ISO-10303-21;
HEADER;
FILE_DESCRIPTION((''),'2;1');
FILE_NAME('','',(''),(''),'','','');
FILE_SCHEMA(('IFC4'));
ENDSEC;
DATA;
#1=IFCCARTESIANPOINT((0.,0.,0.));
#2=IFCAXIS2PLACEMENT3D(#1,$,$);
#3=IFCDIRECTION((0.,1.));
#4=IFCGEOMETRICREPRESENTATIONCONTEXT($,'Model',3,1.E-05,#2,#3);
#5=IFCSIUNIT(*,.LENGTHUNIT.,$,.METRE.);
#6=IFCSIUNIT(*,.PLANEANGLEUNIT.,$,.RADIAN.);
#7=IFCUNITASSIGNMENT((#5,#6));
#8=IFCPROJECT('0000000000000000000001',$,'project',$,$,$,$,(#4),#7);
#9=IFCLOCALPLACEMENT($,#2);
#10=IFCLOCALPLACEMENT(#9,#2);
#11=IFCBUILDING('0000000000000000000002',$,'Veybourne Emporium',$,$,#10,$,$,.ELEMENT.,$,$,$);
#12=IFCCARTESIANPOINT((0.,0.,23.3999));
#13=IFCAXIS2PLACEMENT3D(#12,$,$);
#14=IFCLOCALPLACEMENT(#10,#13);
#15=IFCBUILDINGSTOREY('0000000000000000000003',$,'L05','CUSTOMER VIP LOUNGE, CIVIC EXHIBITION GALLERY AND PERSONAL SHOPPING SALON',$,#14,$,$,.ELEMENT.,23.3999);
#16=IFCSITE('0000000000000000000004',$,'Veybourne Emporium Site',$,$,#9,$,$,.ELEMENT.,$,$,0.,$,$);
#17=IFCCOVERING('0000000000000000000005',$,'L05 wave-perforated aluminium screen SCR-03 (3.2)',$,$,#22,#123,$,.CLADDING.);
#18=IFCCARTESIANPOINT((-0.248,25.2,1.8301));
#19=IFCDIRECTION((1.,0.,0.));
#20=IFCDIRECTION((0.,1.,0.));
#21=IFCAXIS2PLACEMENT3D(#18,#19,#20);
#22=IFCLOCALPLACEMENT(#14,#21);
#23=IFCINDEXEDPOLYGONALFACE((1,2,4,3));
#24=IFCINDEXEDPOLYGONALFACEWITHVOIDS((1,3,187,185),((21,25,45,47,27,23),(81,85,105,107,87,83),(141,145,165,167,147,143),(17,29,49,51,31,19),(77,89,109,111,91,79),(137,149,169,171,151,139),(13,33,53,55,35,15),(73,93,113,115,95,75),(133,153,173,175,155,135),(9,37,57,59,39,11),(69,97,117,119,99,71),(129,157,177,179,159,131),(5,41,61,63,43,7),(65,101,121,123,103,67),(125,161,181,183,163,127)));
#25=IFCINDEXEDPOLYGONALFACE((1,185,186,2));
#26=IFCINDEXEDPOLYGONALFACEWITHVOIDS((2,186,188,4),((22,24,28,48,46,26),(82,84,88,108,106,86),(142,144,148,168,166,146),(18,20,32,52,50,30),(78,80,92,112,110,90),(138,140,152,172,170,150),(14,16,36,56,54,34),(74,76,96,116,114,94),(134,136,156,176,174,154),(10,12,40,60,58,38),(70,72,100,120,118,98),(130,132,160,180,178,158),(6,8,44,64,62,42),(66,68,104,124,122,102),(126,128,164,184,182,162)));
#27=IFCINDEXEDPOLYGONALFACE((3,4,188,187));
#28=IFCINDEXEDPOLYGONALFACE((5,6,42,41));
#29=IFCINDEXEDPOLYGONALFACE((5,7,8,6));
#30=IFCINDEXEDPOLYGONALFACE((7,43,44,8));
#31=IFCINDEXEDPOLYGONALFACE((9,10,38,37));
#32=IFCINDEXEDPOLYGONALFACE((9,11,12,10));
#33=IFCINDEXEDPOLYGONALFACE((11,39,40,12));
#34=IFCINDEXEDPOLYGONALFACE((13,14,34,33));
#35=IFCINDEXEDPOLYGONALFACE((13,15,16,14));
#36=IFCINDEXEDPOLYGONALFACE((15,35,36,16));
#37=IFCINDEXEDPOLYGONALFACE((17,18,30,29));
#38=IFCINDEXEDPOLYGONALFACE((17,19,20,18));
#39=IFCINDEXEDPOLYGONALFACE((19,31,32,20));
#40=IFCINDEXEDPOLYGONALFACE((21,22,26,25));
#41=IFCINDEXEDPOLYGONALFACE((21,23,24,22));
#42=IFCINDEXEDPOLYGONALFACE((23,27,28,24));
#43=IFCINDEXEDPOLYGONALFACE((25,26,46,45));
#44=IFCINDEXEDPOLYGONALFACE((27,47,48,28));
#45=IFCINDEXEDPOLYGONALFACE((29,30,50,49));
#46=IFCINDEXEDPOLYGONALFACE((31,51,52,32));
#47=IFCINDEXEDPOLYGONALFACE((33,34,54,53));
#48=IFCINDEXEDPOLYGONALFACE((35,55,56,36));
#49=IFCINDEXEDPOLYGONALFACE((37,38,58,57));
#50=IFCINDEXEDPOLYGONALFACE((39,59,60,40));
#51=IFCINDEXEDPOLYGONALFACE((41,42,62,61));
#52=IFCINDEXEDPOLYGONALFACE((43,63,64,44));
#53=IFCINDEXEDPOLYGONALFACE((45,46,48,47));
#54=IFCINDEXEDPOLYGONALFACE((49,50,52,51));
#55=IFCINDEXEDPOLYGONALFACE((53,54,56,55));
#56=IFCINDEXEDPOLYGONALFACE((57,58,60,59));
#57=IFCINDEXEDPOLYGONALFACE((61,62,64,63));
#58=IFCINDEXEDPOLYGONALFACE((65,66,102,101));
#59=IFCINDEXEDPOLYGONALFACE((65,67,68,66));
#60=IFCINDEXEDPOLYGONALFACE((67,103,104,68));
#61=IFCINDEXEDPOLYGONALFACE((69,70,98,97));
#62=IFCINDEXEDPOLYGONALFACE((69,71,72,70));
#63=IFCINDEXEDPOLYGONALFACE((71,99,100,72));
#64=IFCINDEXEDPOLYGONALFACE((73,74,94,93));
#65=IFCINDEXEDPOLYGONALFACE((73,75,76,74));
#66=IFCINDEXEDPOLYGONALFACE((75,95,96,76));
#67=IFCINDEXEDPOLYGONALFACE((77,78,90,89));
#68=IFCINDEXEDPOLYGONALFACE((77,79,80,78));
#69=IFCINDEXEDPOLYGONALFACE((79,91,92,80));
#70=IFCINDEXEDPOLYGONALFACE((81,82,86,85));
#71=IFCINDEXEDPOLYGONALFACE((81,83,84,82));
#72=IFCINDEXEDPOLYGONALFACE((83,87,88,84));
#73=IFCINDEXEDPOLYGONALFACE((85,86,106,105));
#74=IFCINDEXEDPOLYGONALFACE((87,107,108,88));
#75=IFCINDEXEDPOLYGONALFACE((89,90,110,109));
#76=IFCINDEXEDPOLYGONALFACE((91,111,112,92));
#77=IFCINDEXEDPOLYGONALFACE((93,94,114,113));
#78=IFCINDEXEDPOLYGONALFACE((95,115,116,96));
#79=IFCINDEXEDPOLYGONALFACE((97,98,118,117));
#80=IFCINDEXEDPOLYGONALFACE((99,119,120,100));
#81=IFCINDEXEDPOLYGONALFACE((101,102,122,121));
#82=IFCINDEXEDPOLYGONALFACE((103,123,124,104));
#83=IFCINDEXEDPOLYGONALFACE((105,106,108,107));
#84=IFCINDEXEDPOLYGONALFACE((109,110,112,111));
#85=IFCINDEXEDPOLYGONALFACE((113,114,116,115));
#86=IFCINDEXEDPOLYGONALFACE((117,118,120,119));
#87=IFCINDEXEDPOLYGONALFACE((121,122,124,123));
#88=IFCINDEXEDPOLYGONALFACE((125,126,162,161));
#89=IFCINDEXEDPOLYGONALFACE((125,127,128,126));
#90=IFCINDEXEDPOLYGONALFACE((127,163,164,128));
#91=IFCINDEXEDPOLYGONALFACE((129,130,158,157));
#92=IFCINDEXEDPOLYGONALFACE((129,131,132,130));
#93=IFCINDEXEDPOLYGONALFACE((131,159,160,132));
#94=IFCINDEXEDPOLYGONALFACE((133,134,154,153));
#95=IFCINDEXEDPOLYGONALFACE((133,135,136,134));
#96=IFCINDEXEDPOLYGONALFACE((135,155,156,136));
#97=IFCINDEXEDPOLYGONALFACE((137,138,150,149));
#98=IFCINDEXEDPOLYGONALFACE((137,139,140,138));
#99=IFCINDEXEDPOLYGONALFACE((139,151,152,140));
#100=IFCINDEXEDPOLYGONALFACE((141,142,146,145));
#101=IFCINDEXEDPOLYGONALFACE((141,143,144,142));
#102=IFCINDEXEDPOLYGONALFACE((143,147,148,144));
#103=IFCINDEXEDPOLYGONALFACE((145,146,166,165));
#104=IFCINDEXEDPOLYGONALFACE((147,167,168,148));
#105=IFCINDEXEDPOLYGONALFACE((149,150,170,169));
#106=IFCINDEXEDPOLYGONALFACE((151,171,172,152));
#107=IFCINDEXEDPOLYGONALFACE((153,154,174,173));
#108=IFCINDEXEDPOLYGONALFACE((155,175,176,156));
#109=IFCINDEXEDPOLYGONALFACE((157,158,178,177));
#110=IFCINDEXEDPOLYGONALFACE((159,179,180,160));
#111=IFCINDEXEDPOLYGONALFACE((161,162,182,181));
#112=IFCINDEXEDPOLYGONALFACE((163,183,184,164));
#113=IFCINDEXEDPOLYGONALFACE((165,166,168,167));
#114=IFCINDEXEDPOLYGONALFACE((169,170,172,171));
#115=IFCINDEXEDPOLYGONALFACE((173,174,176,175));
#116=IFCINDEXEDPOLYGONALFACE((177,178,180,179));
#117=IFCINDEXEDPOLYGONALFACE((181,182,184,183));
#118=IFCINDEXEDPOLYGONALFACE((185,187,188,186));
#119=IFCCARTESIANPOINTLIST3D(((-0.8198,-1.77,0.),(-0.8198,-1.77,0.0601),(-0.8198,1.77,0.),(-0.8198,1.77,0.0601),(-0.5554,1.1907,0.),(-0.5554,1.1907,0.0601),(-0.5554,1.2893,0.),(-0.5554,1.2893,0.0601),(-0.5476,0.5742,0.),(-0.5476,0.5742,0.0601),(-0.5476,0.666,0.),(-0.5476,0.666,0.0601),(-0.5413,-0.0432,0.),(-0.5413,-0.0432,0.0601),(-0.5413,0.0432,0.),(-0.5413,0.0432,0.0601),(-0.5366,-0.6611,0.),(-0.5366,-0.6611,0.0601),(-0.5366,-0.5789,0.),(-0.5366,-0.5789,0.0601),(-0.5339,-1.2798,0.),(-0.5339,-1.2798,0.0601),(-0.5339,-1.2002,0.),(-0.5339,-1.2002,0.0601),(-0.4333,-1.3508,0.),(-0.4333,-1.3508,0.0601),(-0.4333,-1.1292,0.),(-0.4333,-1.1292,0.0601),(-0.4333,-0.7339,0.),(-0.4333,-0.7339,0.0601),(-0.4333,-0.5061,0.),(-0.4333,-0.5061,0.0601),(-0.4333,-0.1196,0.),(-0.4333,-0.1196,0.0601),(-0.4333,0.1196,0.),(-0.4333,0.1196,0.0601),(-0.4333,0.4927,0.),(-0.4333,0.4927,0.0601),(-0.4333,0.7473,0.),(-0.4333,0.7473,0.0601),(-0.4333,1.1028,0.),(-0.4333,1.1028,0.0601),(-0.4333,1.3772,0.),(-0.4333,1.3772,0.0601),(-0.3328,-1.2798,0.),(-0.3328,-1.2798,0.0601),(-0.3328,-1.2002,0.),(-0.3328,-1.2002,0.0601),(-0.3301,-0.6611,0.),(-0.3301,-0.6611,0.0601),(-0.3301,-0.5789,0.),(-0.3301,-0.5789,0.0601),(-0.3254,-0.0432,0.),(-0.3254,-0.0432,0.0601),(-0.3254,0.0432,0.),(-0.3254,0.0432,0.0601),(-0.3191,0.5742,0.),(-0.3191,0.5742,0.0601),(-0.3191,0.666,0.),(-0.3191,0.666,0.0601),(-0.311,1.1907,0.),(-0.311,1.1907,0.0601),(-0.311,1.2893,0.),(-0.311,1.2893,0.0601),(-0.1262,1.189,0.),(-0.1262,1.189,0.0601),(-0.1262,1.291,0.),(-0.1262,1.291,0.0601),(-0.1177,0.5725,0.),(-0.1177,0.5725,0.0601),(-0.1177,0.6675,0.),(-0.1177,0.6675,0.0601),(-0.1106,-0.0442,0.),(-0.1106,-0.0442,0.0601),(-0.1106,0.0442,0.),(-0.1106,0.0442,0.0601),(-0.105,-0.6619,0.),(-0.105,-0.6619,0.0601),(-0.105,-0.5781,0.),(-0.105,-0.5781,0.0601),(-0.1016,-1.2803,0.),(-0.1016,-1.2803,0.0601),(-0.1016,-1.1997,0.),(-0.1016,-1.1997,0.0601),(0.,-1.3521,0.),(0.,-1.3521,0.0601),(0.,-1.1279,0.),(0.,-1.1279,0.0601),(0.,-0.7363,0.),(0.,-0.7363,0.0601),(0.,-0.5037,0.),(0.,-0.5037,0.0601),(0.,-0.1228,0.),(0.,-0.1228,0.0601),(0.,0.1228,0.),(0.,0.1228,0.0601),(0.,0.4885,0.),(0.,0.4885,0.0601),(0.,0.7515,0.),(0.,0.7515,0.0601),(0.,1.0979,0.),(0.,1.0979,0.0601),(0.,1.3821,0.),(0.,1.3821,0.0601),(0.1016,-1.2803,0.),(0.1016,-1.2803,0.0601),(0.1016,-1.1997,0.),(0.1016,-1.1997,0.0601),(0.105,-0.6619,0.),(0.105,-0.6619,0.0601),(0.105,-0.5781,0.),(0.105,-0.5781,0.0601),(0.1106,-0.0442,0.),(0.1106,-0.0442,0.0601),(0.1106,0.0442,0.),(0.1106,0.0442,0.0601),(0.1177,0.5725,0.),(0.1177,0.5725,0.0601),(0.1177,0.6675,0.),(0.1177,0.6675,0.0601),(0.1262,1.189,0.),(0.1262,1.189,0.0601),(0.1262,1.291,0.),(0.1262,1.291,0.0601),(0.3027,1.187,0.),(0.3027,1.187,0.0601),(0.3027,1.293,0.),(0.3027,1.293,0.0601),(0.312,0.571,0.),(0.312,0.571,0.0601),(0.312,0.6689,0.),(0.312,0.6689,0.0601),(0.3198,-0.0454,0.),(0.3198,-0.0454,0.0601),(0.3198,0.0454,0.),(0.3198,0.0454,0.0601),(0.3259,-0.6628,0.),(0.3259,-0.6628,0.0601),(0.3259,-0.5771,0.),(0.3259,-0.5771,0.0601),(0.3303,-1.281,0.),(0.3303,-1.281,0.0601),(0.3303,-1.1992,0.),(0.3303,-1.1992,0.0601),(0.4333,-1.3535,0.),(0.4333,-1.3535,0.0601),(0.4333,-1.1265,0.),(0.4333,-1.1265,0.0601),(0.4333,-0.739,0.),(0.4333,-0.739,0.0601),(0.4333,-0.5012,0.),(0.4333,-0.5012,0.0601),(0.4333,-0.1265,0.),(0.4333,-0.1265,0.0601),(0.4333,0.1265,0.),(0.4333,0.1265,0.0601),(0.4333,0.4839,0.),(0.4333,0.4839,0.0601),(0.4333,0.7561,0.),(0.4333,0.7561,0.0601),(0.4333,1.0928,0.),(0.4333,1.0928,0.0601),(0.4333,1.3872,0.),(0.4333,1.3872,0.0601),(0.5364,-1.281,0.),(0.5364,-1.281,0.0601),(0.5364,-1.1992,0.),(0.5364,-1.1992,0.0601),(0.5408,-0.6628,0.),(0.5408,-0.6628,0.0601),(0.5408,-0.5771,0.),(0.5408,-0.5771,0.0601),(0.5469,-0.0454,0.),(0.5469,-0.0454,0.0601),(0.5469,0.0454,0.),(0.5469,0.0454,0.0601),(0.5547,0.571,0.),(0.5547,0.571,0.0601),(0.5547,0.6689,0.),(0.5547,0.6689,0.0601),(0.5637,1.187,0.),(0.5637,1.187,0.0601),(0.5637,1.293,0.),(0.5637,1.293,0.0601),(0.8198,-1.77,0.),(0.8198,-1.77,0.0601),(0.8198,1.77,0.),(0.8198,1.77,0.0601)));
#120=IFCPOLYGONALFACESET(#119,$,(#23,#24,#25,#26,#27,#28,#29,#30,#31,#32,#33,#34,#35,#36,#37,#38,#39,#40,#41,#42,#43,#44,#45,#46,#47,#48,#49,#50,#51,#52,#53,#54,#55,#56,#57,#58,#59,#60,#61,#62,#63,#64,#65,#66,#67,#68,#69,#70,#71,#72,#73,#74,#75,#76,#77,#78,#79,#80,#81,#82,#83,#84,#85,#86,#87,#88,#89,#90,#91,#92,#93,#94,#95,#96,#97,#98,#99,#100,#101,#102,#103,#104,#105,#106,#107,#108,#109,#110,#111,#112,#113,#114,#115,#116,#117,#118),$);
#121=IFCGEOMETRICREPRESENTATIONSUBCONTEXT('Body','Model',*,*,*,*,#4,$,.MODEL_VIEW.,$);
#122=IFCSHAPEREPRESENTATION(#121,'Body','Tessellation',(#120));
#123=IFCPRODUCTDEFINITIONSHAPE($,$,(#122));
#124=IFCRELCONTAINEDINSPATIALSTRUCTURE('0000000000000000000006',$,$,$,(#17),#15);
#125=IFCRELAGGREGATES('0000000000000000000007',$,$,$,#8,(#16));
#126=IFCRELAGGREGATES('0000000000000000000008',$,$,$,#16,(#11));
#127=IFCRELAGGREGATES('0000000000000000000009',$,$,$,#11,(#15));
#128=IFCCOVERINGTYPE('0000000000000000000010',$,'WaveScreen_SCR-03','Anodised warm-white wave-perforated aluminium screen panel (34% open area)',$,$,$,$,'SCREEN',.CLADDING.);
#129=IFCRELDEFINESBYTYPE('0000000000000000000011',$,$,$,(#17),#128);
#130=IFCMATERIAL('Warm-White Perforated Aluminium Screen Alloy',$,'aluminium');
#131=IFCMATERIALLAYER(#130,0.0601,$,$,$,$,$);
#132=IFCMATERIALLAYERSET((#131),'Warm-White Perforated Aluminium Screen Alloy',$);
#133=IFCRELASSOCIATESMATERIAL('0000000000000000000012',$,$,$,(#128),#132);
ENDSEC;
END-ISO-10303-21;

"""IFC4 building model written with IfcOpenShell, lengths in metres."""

from ifc_helpers import new_model, si_unit, direction, frame, origin, place, context, subcontext, project, spatial, polyline, outline, extrude, material, layer, layer_set, type_object, element, save


model = new_model("IFC4")

# Units and contexts
model_context = context("Model", 3, precision=1e-05, world=origin(), true_north=direction((0.0, 1.0)))
body_context = subcontext(model_context, "Body", "Model", "MODEL_VIEW")
ifc_project = project(units=[si_unit("LENGTHUNIT", "METRE"), si_unit("PLANEANGLEUNIT", "RADIAN")], contexts=[model_context])

# Site, building, storey
site_placement = place(None, origin())
site = spatial("IfcSite", under=ifc_project, at=site_placement, Name="Veybourne Emporium Site", CompositionType="ELEMENT", RefElevation=0.0)
building_placement = place(site_placement, origin())
building = spatial("IfcBuilding", under=site, at=building_placement, Name="Veybourne Emporium", CompositionType="ELEMENT")
storey_placement = place(building_placement, frame((0.0, 0.0, 23.3999)))
storey = spatial("IfcBuildingStorey", under=building, at=storey_placement, Name="L05", Description="CUSTOMER VIP LOUNGE, CIVIC EXHIBITION GALLERY AND PERSONAL SHOPPING SALON", CompositionType="ELEMENT", Elevation=23.3999)

# Covering
ifc_material_1 = material(Name="Warm-White Perforated Aluminium Screen Alloy", Category="aluminium")
ifc_layer_1 = layer(ifc_material_1, 0.0601)
ifc_layer_set_1 = layer_set([ifc_layer_1], Name="Warm-White Perforated Aluminium Screen Alloy")
covering_type_1 = type_object("IfcCoveringType", Name="WaveScreen_SCR-03", Description="Anodised warm-white wave-perforated aluminium screen panel (34% open area)", ElementType="SCREEN", PredefinedType="CLADDING", material=ifc_layer_set_1)
covering_1_placement = place(storey_placement, frame((-0.248, 25.2, 1.8301), z_axis=(1.0, 0.0, 0.0), x_axis=(0.0, 1.0, 0.0)))
element("IfcCovering", 1, at=covering_1_placement, inside=storey, type_object=covering_type_1, Name="L05 wave-perforated aluminium screen SCR-03 (3.2)", PredefinedType="CLADDING", context=body_context, shape_type="SweptSolid", body=[
    extrude(outline(polyline([(-0.8198, -1.77), (0.8198, -1.77), (0.8198, 1.77), (-0.8198, 1.77), (-0.8198, -1.77)]), holes=[polyline([(-0.4333, -1.1292), (-0.3328, -1.2002), (-0.3328, -1.2798), (-0.4333, -1.3508), (-0.5339, -1.2798), (-0.5339, -1.2002), (-0.4333, -1.1292)]), polyline([(-0.4333, -0.5061), (-0.3301, -0.5789), (-0.3301, -0.6611), (-0.4333, -0.7339), (-0.5366, -0.6611), (-0.5366, -0.5789), (-0.4333, -0.5061)]), polyline([(-0.4333, 0.1196), (-0.3254, 0.0432), (-0.3254, -0.0432), (-0.4333, -0.1196), (-0.5413, -0.0432), (-0.5413, 0.0432), (-0.4333, 0.1196)]), polyline([(-0.4333, 0.7473), (-0.3191, 0.666), (-0.3191, 0.5742), (-0.4333, 0.4927), (-0.5476, 0.5742), (-0.5476, 0.666), (-0.4333, 0.7473)]), polyline([(-0.4333, 1.3772), (-0.311, 1.2893), (-0.311, 1.1907), (-0.4333, 1.1028), (-0.5554, 1.1907), (-0.5554, 1.2893), (-0.4333, 1.3772)]), polyline([(0.0, -1.1279), (0.1016, -1.1997), (0.1016, -1.2803), (0.0, -1.3521), (-0.1016, -1.2803), (-0.1016, -1.1997), (0.0, -1.1279)]), polyline([(0.0, -0.5037), (0.105, -0.5781), (0.105, -0.6619), (0.0, -0.7363), (-0.105, -0.6619), (-0.105, -0.5781), (0.0, -0.5037)]), polyline([(0.0, 0.1228), (0.1106, 0.0442), (0.1106, -0.0442), (0.0, -0.1228), (-0.1106, -0.0442), (-0.1106, 0.0442), (0.0, 0.1228)]), polyline([(0.0, 0.7515), (0.1177, 0.6675), (0.1177, 0.5725), (0.0, 0.4885), (-0.1177, 0.5725), (-0.1177, 0.6675), (0.0, 0.7515)]), polyline([(0.0, 1.3821), (0.1262, 1.291), (0.1262, 1.189), (0.0, 1.0979), (-0.1262, 1.189), (-0.1262, 1.291), (0.0, 1.3821)]), polyline([(0.4333, -1.1265), (0.5364, -1.1992), (0.5364, -1.281), (0.4333, -1.3535), (0.3303, -1.281), (0.3303, -1.1992), (0.4333, -1.1265)]), polyline([(0.4333, -0.5012), (0.5408, -0.5771), (0.5408, -0.6628), (0.4333, -0.739), (0.3259, -0.6628), (0.3259, -0.5771), (0.4333, -0.5012)]), polyline([(0.4333, 0.1265), (0.5469, 0.0454), (0.5469, -0.0454), (0.4333, -0.1265), (0.3198, -0.0454), (0.3198, 0.0454), (0.4333, 0.1265)]), polyline([(0.4333, 0.7561), (0.5547, 0.6689), (0.5547, 0.571), (0.4333, 0.4839), (0.312, 0.571), (0.312, 0.6689), (0.4333, 0.7561)]), polyline([(0.4333, 1.3872), (0.5637, 1.293), (0.5637, 1.187), (0.4333, 1.0928), (0.3027, 1.187), (0.3027, 1.293), (0.4333, 1.3872)])]), origin(), (0.0, 0.0, 1.0), 0.0601),
])

save(model, "model.ifc")
